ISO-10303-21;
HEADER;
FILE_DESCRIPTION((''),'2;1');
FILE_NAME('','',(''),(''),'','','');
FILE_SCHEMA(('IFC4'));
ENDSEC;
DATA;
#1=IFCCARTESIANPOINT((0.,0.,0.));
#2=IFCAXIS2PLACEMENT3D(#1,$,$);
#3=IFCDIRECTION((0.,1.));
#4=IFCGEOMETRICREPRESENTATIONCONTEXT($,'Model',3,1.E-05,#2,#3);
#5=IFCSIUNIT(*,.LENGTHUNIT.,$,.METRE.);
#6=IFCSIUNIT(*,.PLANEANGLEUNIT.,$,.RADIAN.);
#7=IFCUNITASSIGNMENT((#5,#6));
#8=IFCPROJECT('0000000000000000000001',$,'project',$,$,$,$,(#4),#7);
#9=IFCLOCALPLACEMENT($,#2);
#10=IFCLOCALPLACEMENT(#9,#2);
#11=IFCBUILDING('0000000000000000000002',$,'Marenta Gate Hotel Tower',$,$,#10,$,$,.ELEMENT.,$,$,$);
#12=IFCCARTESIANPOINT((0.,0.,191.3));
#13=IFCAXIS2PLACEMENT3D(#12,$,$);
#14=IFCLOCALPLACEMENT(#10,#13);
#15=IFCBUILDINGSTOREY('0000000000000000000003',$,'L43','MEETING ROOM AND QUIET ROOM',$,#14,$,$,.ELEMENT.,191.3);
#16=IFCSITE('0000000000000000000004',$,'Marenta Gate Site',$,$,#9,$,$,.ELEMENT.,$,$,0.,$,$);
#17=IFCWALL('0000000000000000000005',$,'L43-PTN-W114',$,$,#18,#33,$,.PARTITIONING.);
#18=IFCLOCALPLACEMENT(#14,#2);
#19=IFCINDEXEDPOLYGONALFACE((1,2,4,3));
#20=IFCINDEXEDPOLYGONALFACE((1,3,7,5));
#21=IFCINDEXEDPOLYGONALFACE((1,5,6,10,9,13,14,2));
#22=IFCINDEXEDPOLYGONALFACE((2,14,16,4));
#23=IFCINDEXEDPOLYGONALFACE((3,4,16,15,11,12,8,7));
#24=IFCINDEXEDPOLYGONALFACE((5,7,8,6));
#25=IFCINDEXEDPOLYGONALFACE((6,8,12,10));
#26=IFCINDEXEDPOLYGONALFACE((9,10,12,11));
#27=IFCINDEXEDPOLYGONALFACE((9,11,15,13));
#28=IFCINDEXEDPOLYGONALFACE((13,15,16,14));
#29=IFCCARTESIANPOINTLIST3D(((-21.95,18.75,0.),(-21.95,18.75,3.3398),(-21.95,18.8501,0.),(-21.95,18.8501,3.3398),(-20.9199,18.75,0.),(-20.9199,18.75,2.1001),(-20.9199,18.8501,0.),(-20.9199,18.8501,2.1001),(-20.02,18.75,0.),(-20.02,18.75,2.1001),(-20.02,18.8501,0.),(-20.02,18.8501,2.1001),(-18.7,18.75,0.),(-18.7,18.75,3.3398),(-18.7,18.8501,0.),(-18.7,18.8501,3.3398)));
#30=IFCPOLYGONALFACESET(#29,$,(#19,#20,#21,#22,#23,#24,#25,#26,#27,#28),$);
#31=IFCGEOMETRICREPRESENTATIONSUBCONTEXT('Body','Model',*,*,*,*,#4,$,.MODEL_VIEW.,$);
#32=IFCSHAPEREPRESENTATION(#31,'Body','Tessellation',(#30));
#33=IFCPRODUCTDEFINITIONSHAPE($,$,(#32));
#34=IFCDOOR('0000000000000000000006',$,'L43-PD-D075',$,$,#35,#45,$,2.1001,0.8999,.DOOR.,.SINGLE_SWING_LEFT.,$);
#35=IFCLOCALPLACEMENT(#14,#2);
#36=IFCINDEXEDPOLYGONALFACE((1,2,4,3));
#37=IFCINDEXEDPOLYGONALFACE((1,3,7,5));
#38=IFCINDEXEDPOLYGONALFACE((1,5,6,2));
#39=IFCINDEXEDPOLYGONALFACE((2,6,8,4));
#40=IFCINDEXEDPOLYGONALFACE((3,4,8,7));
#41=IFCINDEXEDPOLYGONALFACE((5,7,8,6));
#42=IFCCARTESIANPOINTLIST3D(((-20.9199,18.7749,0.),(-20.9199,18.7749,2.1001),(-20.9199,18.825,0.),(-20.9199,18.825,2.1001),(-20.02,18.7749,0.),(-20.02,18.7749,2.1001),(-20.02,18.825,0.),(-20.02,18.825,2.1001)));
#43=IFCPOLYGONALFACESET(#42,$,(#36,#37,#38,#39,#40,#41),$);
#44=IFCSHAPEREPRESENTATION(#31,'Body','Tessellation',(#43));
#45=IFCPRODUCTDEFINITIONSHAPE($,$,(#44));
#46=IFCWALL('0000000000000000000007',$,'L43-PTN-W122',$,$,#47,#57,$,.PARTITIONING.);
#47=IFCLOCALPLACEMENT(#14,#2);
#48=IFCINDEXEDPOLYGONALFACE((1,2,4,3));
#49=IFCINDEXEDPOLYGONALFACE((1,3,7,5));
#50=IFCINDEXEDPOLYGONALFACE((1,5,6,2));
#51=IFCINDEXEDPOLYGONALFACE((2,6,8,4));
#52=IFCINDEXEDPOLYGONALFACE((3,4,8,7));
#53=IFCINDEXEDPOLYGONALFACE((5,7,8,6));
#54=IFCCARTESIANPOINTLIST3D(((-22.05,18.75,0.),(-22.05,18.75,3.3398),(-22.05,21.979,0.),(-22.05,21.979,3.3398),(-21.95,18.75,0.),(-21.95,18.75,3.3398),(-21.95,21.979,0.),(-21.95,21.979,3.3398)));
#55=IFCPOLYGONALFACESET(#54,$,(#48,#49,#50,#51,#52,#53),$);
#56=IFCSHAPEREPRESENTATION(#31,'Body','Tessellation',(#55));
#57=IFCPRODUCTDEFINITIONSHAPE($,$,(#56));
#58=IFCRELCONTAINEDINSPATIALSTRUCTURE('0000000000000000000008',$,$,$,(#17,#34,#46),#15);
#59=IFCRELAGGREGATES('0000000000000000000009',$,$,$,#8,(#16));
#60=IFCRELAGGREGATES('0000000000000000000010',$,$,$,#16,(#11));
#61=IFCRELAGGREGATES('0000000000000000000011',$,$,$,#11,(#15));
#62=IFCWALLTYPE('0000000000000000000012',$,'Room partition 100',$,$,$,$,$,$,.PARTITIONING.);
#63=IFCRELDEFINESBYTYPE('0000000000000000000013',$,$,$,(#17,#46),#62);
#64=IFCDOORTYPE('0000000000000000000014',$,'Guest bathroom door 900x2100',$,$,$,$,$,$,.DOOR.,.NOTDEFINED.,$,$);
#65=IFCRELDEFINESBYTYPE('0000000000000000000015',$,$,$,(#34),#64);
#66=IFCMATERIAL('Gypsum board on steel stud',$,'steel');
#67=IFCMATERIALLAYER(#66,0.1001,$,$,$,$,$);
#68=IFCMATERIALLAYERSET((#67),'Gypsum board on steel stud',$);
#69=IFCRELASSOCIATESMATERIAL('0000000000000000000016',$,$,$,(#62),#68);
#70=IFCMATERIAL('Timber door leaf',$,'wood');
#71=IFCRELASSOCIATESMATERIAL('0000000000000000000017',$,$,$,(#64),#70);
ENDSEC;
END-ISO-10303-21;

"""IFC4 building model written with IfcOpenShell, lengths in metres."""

from ifc_helpers import new_model, si_unit, direction, frame, frame_2d, origin, place, context, subcontext, project, spatial, rectangle, extrude, material, layer, layer_set, type_object, element, fill, save


model = new_model("IFC4")

# Units and contexts
model_context = context("Model", 3, precision=1e-05, world=origin(), true_north=direction((0.0, 1.0)))
body_context = subcontext(model_context, "Body", "Model", "MODEL_VIEW")
ifc_project = project(units=[si_unit("LENGTHUNIT", "METRE"), si_unit("PLANEANGLEUNIT", "RADIAN")], contexts=[model_context])

# Site, building, storey
site_placement = place(None, origin())
site = spatial("IfcSite", under=ifc_project, at=site_placement, Name="Marenta Gate Site", CompositionType="ELEMENT", RefElevation=0.0)
building_placement = place(site_placement, origin())
building = spatial("IfcBuilding", under=site, at=building_placement, Name="Marenta Gate Hotel Tower", CompositionType="ELEMENT")
storey_placement = place(building_placement, frame((0.0, 0.0, 191.3)))
storey = spatial("IfcBuildingStorey", under=building, at=storey_placement, Name="L43", Description="MEETING ROOM AND QUIET ROOM", CompositionType="ELEMENT", Elevation=191.3)

# Shared definitions
ifc_material_1 = material(Name="Gypsum board on steel stud", Category="steel")
ifc_layer_1 = layer(ifc_material_1, 0.1001)
ifc_layer_set_1 = layer_set([ifc_layer_1], Name="Gypsum board on steel stud")
wall_type_1 = type_object("IfcWallType", Name="Room partition 100", PredefinedType="PARTITIONING", material=ifc_layer_set_1)

# Wall, opening, door
wall_1_placement = place(storey_placement, frame((-21.95, 18.8, 0.0), z_axis=(0.0, 0.0, 1.0), x_axis=(1.0, 0.0, 0.0)))
wall_1 = element("IfcWall", 1, at=wall_1_placement, inside=storey, type_object=wall_type_1, Name="L43-PTN-W114", PredefinedType="PARTITIONING", context=body_context, shape_type="SweptSolid", body=[
    extrude(rectangle(XDim=3.25, YDim=0.1001, at=frame_2d((1.625, 0.0))), origin(), (0.0, 0.0, 1.0), 3.3398),
])
opening_1_placement = place(wall_1_placement, frame((1.03, 0.0, 0.0)))
opening_1 = element("IfcOpeningElement", 2, at=opening_1_placement, cuts=wall_1, PredefinedType="OPENING", context=body_context, shape_type="SweptSolid", body=[
    extrude(rectangle(XDim=0.8999, YDim=2.1001, at=frame_2d((0.45, 1.05))), frame((0.0, 0.05, 0.0), z_axis=(0.0, -1.0, 0.0), x_axis=(1.0, 0.0, 0.0)), (0.0, 0.0, 1.0), 0.1001),
])
ifc_material_2 = material(Name="Timber door leaf", Category="wood")
door_type_1 = type_object("IfcDoorType", Name="Guest bathroom door 900x2100", OperationType="NOTDEFINED", PredefinedType="DOOR", material=ifc_material_2)
door_1_placement = place(opening_1_placement, origin())
door_1 = element("IfcDoor", 3, at=door_1_placement, inside=storey, type_object=door_type_1, Name="L43-PD-D075", OperationType="SINGLE_SWING_LEFT", OverallHeight=2.1001, OverallWidth=0.8999, PredefinedType="DOOR", context=body_context, shape_type="SweptSolid", body=[
    extrude(rectangle(XDim=0.8999, YDim=2.1001, at=frame_2d((0.45, 1.05))), frame((0.0, 0.0249, 0.0), z_axis=(0.0, -1.0, 0.0), x_axis=(1.0, 0.0, 0.0)), (0.0, 0.0, 1.0), 0.05),
])
fill(opening_1, door_1)

# Wall
wall_2_placement = place(storey_placement, frame((-22.0, 18.75, 0.0), z_axis=(0.0, 0.0, 1.0), x_axis=(0.0, 1.0, 0.0)))
element("IfcWall", 4, at=wall_2_placement, inside=storey, type_object=wall_type_1, Name="L43-PTN-W122", PredefinedType="PARTITIONING", context=body_context, shape_type="SweptSolid", body=[
    extrude(rectangle(XDim=3.229, YDim=0.1001, at=frame_2d((1.6145, 0.0))), origin(), (0.0, 0.0, 1.0), 3.3398),
])

save(model, "model.ifc")
